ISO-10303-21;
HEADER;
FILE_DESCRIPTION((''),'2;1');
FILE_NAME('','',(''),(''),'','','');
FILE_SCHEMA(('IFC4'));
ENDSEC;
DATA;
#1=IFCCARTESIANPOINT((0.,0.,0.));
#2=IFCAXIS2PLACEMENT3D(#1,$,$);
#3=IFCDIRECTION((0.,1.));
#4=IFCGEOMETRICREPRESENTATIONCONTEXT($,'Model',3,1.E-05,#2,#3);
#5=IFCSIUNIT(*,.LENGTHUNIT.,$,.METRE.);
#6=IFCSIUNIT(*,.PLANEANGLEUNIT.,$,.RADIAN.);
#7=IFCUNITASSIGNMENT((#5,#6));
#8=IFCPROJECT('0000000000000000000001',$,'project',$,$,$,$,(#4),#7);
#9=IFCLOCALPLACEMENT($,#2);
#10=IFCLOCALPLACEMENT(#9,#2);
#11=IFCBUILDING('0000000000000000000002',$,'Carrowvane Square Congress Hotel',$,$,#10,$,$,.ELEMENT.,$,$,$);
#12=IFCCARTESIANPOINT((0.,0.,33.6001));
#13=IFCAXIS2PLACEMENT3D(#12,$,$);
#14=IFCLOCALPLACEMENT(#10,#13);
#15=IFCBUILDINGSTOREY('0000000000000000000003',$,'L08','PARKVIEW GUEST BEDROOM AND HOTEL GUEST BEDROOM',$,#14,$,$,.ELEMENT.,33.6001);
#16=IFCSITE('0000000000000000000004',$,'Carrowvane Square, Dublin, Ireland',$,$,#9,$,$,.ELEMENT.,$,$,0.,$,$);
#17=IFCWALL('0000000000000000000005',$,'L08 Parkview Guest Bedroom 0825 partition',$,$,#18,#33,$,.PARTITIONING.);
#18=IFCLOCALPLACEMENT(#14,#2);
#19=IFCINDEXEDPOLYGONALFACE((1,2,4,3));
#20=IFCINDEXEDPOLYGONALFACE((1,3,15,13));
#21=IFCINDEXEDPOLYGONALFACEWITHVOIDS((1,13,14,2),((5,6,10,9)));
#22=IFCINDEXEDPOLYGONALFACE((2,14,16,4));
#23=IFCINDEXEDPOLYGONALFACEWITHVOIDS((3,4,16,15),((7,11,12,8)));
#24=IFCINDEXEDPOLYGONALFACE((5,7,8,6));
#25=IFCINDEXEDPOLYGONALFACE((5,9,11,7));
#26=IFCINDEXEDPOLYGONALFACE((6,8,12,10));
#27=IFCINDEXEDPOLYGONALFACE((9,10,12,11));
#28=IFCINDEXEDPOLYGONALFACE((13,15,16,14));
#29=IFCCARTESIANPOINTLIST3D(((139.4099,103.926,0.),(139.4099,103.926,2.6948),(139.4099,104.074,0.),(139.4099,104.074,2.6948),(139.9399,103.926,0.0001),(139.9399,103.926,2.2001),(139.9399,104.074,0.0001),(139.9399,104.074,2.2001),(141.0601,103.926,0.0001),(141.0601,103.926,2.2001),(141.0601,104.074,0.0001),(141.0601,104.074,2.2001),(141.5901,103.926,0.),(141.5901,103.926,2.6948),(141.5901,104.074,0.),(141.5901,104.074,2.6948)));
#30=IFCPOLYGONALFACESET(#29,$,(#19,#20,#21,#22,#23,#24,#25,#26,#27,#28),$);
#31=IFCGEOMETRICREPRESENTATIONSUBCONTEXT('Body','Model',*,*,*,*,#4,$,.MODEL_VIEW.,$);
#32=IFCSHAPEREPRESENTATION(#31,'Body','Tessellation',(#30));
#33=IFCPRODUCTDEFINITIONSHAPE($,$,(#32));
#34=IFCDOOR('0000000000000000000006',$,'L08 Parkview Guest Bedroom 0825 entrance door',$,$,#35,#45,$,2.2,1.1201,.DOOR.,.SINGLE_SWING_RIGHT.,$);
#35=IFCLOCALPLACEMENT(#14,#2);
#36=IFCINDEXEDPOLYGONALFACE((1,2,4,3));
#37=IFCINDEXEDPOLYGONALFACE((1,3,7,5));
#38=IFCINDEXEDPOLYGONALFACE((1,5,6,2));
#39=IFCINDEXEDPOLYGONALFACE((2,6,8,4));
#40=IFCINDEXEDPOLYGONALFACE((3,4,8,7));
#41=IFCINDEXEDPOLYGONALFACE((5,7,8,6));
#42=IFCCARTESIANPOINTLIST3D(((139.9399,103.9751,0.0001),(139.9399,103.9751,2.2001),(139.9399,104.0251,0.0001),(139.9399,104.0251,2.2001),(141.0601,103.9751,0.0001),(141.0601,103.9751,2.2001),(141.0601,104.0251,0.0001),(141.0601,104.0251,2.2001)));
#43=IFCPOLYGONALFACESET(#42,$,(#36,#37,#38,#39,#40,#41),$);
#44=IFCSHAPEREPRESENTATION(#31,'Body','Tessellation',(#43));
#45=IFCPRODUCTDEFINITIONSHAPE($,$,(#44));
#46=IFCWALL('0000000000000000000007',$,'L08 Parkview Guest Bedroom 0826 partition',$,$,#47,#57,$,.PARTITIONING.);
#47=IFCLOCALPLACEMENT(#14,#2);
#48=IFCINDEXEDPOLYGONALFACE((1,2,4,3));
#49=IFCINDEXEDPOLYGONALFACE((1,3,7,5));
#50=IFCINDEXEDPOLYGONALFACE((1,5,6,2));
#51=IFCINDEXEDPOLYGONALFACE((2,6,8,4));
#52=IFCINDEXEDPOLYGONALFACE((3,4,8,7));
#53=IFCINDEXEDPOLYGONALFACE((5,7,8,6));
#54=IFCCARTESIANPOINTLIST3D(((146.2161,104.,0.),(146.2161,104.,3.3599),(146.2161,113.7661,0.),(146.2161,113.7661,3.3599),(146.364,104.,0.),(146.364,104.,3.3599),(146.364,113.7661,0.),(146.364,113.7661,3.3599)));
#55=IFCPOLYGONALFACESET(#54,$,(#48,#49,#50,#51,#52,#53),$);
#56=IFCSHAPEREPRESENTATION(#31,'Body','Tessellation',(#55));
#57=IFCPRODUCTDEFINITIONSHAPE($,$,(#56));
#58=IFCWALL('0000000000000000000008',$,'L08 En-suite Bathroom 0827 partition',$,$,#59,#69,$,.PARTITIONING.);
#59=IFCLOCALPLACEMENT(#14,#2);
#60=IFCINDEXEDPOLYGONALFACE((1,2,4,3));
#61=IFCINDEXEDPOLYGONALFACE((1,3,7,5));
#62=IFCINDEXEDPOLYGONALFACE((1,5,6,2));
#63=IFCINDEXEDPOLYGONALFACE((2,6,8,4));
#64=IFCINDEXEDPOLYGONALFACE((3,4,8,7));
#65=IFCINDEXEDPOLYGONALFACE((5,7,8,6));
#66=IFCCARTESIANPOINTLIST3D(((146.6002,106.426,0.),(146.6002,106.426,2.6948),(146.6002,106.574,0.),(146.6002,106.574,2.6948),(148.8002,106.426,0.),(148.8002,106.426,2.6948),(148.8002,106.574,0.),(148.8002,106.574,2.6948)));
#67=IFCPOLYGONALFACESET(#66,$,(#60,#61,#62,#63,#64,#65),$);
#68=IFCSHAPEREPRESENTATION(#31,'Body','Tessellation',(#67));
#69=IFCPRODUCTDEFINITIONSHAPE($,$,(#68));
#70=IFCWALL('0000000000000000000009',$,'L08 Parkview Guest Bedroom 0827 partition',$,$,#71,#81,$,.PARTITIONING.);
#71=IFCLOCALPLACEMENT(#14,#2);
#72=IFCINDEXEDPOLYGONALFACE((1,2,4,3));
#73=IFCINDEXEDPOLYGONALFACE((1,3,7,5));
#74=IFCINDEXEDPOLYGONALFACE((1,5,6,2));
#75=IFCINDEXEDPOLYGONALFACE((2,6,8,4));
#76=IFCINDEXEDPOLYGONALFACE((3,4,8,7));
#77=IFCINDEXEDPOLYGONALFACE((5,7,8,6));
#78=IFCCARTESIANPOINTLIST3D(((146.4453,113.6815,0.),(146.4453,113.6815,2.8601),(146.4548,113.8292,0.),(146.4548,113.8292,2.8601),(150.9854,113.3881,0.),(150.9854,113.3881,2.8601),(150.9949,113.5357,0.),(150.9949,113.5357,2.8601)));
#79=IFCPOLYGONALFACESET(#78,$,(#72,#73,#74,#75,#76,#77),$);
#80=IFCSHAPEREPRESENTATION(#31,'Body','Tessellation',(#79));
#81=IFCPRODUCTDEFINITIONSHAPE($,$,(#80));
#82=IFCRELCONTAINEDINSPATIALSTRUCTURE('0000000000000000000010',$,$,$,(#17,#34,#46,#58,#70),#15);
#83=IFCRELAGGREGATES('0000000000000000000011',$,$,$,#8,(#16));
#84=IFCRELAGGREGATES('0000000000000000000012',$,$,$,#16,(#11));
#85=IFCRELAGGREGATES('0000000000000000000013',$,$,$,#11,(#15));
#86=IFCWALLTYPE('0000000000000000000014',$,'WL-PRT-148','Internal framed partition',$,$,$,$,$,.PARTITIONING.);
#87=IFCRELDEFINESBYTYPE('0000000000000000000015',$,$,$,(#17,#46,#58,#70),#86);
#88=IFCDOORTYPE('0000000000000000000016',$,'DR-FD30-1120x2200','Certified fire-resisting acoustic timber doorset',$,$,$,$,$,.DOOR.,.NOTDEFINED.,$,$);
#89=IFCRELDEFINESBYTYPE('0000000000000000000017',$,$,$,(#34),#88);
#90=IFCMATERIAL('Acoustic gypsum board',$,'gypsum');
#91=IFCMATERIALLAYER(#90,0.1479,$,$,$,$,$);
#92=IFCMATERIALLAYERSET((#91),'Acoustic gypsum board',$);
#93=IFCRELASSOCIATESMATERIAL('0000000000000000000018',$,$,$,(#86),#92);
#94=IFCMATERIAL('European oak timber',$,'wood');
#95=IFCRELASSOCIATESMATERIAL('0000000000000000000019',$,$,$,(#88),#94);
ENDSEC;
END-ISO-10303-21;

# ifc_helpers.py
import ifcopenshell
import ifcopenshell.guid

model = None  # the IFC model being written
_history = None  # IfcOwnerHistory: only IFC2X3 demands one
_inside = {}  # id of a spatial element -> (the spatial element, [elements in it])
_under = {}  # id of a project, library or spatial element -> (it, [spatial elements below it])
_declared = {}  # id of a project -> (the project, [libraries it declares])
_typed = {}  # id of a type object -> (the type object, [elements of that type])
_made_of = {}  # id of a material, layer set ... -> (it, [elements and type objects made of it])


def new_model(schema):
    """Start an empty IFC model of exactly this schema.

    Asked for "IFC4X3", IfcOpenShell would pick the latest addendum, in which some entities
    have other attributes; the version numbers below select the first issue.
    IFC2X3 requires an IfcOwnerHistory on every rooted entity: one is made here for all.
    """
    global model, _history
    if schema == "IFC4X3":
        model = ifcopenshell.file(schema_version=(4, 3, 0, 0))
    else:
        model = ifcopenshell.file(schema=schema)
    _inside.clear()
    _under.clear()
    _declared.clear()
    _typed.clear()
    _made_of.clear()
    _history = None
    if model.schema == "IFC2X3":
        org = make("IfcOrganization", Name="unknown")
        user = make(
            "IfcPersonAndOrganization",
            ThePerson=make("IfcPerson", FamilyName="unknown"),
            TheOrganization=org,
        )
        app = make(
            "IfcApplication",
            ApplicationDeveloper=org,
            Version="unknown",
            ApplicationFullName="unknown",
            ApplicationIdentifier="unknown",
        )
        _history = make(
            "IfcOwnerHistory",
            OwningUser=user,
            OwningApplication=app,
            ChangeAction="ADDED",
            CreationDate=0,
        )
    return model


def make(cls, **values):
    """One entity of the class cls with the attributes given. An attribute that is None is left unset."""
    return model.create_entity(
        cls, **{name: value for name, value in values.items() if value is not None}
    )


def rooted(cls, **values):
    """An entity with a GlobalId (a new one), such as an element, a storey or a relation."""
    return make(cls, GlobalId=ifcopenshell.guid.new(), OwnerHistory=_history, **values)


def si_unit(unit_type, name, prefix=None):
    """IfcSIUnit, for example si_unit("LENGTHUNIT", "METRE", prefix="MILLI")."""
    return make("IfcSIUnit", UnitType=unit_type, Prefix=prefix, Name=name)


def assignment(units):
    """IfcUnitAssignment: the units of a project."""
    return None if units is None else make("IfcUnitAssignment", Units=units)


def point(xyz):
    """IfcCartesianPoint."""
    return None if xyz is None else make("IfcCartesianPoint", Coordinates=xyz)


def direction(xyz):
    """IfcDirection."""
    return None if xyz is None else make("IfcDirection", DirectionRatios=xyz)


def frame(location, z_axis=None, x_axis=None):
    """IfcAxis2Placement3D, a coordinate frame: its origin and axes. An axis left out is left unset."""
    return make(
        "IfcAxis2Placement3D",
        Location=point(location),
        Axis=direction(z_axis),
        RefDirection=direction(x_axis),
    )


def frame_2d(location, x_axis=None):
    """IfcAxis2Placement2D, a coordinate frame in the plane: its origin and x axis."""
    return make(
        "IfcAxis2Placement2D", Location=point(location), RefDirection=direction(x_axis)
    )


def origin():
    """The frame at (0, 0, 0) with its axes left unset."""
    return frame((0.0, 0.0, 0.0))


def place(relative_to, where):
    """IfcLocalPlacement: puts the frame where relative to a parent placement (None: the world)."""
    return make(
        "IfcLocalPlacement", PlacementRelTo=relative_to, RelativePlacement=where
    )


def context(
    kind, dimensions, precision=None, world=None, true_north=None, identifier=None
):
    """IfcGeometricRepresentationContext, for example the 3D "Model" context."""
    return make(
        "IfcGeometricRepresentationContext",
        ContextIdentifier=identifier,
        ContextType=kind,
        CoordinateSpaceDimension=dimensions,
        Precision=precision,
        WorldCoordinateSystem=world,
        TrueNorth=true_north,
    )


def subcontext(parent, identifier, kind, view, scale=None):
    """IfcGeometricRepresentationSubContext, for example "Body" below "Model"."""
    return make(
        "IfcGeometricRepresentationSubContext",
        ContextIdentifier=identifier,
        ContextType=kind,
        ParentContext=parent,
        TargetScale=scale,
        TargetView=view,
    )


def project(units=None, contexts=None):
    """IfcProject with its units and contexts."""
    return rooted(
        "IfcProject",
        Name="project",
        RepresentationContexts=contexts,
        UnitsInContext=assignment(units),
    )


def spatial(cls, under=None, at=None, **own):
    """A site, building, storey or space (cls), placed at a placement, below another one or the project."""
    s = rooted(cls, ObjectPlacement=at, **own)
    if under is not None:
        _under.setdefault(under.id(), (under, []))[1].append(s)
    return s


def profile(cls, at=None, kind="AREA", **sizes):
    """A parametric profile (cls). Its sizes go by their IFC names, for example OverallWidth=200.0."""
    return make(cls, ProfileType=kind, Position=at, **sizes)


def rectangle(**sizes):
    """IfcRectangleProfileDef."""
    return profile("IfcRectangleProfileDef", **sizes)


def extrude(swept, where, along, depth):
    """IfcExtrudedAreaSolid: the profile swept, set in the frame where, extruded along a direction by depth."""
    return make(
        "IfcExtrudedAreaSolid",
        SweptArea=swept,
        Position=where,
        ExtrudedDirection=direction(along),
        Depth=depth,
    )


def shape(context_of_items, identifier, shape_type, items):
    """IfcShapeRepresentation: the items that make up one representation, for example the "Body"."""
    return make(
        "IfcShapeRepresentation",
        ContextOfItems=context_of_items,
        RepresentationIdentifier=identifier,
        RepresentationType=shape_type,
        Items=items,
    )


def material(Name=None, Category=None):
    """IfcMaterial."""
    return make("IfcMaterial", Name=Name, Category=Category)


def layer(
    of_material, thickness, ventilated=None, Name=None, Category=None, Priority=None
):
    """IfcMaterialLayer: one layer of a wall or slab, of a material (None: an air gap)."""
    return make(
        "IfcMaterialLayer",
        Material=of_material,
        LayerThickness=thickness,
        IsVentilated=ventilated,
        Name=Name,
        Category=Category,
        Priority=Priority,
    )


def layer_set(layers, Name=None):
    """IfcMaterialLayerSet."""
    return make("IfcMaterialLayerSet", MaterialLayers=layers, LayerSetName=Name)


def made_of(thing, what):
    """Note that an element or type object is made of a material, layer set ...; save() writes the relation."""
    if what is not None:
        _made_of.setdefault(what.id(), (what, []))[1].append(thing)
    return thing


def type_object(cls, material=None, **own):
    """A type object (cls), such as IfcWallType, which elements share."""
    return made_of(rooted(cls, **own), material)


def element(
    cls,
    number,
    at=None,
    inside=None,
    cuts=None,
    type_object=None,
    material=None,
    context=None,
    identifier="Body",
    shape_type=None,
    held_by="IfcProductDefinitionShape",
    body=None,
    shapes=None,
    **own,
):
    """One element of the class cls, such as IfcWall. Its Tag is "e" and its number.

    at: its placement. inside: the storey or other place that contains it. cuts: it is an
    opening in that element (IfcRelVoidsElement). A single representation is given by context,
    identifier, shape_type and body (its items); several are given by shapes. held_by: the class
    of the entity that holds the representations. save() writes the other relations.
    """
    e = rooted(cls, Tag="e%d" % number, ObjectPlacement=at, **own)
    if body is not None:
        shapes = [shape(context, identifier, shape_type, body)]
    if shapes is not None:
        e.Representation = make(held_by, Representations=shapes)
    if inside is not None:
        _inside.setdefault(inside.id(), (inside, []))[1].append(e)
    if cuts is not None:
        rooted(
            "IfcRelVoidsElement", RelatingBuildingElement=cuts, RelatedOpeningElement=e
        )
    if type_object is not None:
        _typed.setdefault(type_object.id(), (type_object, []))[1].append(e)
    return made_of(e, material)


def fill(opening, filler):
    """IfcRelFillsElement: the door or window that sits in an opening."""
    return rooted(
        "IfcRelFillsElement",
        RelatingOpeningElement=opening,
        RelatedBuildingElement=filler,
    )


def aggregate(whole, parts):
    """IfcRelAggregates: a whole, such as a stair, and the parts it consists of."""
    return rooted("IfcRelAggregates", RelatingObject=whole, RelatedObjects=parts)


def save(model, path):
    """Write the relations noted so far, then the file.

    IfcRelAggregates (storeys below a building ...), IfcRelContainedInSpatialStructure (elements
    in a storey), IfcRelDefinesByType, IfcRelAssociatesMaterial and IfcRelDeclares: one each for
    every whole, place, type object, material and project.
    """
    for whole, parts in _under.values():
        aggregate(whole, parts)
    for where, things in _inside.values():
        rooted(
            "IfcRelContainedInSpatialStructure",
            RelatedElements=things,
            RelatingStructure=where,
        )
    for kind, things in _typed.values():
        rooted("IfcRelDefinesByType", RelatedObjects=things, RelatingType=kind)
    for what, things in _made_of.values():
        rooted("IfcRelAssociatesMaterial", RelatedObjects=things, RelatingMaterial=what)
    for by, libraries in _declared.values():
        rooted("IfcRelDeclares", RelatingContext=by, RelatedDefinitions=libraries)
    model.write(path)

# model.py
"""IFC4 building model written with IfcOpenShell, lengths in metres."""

from ifc_helpers import new_model, si_unit, direction, frame, frame_2d, origin, place, context, subcontext, project, spatial, rectangle, extrude, material, layer, layer_set, type_object, element, fill, save


model = new_model("IFC4")

# Units and contexts
model_context = context("Model", 3, precision=1e-05, world=origin(), true_north=direction((0.0, 1.0)))
body_context = subcontext(model_context, "Body", "Model", "MODEL_VIEW")
ifc_project = project(units=[si_unit("LENGTHUNIT", "METRE"), si_unit("PLANEANGLEUNIT", "RADIAN")], contexts=[model_context])

# Site, building, storey
site_placement = place(None, origin())
site = spatial("IfcSite", under=ifc_project, at=site_placement, Name="Carrowvane Square, Dublin, Ireland", CompositionType="ELEMENT", RefElevation=0.0)
building_placement = place(site_placement, origin())
building = spatial("IfcBuilding", under=site, at=building_placement, Name="Carrowvane Square Congress Hotel", CompositionType="ELEMENT")
storey_placement = place(building_placement, frame((0.0, 0.0, 33.6001)))
storey = spatial("IfcBuildingStorey", under=building, at=storey_placement, Name="L08", Description="PARKVIEW GUEST BEDROOM AND HOTEL GUEST BEDROOM", CompositionType="ELEMENT", Elevation=33.6001)

# Wall, opening, door
ifc_material_1 = material(Name="Acoustic gypsum board", Category="gypsum")
ifc_layer_1 = layer(ifc_material_1, 0.1479)
ifc_layer_set_1 = layer_set([ifc_layer_1], Name="Acoustic gypsum board")
wall_type_1 = type_object("IfcWallType", Name="WL-PRT-148", Description="Internal framed partition", PredefinedType="PARTITIONING", material=ifc_layer_set_1)
wall_1_placement = place(storey_placement, frame((141.5901, 104.0, 0.0), z_axis=(0.0, 0.0, 1.0), x_axis=(-1.0, 0.0, 0.0)))
wall_1 = element("IfcWall", 1, at=wall_1_placement, inside=storey, type_object=wall_type_1, Name="L08 Parkview Guest Bedroom 0825 partition", PredefinedType="PARTITIONING", context=body_context, shape_type="SweptSolid", body=[
    extrude(rectangle(XDim=2.1802, YDim=0.1479, at=frame_2d((1.0901, 0.0))), origin(), (0.0, 0.0, 1.0), 2.6948),
])
opening_1_placement = place(wall_1_placement, frame((0.53, 0.0, 0.0)))
opening_1 = element("IfcOpeningElement", 2, at=opening_1_placement, cuts=wall_1, PredefinedType="OPENING", context=body_context, shape_type="SweptSolid", body=[
    extrude(rectangle(XDim=1.1201, YDim=2.2, at=frame_2d((0.5601, 1.1001))), frame((0.0, 0.084, 0.0), z_axis=(0.0, -1.0, 0.0), x_axis=(1.0, 0.0, 0.0)), (0.0, 0.0, 1.0), 0.168),
])
ifc_material_2 = material(Name="European oak timber", Category="wood")
door_type_1 = type_object("IfcDoorType", Name="DR-FD30-1120x2200", Description="Certified fire-resisting acoustic timber doorset", OperationType="NOTDEFINED", PredefinedType="DOOR", material=ifc_material_2)
door_1_placement = place(opening_1_placement, origin())
door_1 = element("IfcDoor", 3, at=door_1_placement, inside=storey, type_object=door_type_1, Name="L08 Parkview Guest Bedroom 0825 entrance door", OperationType="SINGLE_SWING_RIGHT", OverallHeight=2.2, OverallWidth=1.1201, PredefinedType="DOOR", context=body_context, shape_type="SweptSolid", body=[
    extrude(rectangle(XDim=1.1201, YDim=2.2, at=frame_2d((0.5601, 1.1001))), frame((0.0, 0.0249, 0.0), z_axis=(0.0, -1.0, 0.0), x_axis=(1.0, 0.0, 0.0)), (0.0, 0.0, 1.0), 0.05),
])
fill(opening_1, door_1)

# Walls
wall_2_placement = place(storey_placement, frame((146.29, 113.7661, 0.0), z_axis=(0.0, 0.0, 1.0), x_axis=(0.0, -1.0, 0.0)))
element("IfcWall", 4, at=wall_2_placement, inside=storey, type_object=wall_type_1, Name="L08 Parkview Guest Bedroom 0826 partition", PredefinedType="PARTITIONING", context=body_context, shape_type="SweptSolid", body=[
    extrude(rectangle(XDim=9.7661, YDim=0.1479, at=frame_2d((4.8831, 0.0))), origin(), (0.0, 0.0, 1.0), 3.3599),
])
wall_3_placement = place(storey_placement, frame((146.6001, 106.5, 0.0), z_axis=(0.0, 0.0, 1.0), x_axis=(1.0, 0.0, 0.0)))
element("IfcWall", 5, at=wall_3_placement, inside=storey, type_object=wall_type_1, Name="L08 En-suite Bathroom 0827 partition", PredefinedType="PARTITIONING", context=body_context, shape_type="SweptSolid", body=[
    extrude(rectangle(XDim=2.2, YDim=0.1479, at=frame_2d((1.1001, 0.0))), origin(), (0.0, 0.0, 1.0), 2.6948),
])
wall_4_placement = place(storey_placement, frame((146.45, 113.7554, 0.0), z_axis=(0.0, 0.0, 1.0), x_axis=(0.997918, -0.064503, 0.0)))
element("IfcWall", 6, at=wall_4_placement, inside=storey, type_object=wall_type_1, Name="L08 Parkview Guest Bedroom 0827 partition", PredefinedType="PARTITIONING", context=body_context, shape_type="SweptSolid", body=[
    extrude(rectangle(XDim=4.5496, YDim=0.1479, at=frame_2d((2.2749, 0.0))), origin(), (0.0, 0.0, 1.0), 2.8601),
])

save(model, "model.ifc")
